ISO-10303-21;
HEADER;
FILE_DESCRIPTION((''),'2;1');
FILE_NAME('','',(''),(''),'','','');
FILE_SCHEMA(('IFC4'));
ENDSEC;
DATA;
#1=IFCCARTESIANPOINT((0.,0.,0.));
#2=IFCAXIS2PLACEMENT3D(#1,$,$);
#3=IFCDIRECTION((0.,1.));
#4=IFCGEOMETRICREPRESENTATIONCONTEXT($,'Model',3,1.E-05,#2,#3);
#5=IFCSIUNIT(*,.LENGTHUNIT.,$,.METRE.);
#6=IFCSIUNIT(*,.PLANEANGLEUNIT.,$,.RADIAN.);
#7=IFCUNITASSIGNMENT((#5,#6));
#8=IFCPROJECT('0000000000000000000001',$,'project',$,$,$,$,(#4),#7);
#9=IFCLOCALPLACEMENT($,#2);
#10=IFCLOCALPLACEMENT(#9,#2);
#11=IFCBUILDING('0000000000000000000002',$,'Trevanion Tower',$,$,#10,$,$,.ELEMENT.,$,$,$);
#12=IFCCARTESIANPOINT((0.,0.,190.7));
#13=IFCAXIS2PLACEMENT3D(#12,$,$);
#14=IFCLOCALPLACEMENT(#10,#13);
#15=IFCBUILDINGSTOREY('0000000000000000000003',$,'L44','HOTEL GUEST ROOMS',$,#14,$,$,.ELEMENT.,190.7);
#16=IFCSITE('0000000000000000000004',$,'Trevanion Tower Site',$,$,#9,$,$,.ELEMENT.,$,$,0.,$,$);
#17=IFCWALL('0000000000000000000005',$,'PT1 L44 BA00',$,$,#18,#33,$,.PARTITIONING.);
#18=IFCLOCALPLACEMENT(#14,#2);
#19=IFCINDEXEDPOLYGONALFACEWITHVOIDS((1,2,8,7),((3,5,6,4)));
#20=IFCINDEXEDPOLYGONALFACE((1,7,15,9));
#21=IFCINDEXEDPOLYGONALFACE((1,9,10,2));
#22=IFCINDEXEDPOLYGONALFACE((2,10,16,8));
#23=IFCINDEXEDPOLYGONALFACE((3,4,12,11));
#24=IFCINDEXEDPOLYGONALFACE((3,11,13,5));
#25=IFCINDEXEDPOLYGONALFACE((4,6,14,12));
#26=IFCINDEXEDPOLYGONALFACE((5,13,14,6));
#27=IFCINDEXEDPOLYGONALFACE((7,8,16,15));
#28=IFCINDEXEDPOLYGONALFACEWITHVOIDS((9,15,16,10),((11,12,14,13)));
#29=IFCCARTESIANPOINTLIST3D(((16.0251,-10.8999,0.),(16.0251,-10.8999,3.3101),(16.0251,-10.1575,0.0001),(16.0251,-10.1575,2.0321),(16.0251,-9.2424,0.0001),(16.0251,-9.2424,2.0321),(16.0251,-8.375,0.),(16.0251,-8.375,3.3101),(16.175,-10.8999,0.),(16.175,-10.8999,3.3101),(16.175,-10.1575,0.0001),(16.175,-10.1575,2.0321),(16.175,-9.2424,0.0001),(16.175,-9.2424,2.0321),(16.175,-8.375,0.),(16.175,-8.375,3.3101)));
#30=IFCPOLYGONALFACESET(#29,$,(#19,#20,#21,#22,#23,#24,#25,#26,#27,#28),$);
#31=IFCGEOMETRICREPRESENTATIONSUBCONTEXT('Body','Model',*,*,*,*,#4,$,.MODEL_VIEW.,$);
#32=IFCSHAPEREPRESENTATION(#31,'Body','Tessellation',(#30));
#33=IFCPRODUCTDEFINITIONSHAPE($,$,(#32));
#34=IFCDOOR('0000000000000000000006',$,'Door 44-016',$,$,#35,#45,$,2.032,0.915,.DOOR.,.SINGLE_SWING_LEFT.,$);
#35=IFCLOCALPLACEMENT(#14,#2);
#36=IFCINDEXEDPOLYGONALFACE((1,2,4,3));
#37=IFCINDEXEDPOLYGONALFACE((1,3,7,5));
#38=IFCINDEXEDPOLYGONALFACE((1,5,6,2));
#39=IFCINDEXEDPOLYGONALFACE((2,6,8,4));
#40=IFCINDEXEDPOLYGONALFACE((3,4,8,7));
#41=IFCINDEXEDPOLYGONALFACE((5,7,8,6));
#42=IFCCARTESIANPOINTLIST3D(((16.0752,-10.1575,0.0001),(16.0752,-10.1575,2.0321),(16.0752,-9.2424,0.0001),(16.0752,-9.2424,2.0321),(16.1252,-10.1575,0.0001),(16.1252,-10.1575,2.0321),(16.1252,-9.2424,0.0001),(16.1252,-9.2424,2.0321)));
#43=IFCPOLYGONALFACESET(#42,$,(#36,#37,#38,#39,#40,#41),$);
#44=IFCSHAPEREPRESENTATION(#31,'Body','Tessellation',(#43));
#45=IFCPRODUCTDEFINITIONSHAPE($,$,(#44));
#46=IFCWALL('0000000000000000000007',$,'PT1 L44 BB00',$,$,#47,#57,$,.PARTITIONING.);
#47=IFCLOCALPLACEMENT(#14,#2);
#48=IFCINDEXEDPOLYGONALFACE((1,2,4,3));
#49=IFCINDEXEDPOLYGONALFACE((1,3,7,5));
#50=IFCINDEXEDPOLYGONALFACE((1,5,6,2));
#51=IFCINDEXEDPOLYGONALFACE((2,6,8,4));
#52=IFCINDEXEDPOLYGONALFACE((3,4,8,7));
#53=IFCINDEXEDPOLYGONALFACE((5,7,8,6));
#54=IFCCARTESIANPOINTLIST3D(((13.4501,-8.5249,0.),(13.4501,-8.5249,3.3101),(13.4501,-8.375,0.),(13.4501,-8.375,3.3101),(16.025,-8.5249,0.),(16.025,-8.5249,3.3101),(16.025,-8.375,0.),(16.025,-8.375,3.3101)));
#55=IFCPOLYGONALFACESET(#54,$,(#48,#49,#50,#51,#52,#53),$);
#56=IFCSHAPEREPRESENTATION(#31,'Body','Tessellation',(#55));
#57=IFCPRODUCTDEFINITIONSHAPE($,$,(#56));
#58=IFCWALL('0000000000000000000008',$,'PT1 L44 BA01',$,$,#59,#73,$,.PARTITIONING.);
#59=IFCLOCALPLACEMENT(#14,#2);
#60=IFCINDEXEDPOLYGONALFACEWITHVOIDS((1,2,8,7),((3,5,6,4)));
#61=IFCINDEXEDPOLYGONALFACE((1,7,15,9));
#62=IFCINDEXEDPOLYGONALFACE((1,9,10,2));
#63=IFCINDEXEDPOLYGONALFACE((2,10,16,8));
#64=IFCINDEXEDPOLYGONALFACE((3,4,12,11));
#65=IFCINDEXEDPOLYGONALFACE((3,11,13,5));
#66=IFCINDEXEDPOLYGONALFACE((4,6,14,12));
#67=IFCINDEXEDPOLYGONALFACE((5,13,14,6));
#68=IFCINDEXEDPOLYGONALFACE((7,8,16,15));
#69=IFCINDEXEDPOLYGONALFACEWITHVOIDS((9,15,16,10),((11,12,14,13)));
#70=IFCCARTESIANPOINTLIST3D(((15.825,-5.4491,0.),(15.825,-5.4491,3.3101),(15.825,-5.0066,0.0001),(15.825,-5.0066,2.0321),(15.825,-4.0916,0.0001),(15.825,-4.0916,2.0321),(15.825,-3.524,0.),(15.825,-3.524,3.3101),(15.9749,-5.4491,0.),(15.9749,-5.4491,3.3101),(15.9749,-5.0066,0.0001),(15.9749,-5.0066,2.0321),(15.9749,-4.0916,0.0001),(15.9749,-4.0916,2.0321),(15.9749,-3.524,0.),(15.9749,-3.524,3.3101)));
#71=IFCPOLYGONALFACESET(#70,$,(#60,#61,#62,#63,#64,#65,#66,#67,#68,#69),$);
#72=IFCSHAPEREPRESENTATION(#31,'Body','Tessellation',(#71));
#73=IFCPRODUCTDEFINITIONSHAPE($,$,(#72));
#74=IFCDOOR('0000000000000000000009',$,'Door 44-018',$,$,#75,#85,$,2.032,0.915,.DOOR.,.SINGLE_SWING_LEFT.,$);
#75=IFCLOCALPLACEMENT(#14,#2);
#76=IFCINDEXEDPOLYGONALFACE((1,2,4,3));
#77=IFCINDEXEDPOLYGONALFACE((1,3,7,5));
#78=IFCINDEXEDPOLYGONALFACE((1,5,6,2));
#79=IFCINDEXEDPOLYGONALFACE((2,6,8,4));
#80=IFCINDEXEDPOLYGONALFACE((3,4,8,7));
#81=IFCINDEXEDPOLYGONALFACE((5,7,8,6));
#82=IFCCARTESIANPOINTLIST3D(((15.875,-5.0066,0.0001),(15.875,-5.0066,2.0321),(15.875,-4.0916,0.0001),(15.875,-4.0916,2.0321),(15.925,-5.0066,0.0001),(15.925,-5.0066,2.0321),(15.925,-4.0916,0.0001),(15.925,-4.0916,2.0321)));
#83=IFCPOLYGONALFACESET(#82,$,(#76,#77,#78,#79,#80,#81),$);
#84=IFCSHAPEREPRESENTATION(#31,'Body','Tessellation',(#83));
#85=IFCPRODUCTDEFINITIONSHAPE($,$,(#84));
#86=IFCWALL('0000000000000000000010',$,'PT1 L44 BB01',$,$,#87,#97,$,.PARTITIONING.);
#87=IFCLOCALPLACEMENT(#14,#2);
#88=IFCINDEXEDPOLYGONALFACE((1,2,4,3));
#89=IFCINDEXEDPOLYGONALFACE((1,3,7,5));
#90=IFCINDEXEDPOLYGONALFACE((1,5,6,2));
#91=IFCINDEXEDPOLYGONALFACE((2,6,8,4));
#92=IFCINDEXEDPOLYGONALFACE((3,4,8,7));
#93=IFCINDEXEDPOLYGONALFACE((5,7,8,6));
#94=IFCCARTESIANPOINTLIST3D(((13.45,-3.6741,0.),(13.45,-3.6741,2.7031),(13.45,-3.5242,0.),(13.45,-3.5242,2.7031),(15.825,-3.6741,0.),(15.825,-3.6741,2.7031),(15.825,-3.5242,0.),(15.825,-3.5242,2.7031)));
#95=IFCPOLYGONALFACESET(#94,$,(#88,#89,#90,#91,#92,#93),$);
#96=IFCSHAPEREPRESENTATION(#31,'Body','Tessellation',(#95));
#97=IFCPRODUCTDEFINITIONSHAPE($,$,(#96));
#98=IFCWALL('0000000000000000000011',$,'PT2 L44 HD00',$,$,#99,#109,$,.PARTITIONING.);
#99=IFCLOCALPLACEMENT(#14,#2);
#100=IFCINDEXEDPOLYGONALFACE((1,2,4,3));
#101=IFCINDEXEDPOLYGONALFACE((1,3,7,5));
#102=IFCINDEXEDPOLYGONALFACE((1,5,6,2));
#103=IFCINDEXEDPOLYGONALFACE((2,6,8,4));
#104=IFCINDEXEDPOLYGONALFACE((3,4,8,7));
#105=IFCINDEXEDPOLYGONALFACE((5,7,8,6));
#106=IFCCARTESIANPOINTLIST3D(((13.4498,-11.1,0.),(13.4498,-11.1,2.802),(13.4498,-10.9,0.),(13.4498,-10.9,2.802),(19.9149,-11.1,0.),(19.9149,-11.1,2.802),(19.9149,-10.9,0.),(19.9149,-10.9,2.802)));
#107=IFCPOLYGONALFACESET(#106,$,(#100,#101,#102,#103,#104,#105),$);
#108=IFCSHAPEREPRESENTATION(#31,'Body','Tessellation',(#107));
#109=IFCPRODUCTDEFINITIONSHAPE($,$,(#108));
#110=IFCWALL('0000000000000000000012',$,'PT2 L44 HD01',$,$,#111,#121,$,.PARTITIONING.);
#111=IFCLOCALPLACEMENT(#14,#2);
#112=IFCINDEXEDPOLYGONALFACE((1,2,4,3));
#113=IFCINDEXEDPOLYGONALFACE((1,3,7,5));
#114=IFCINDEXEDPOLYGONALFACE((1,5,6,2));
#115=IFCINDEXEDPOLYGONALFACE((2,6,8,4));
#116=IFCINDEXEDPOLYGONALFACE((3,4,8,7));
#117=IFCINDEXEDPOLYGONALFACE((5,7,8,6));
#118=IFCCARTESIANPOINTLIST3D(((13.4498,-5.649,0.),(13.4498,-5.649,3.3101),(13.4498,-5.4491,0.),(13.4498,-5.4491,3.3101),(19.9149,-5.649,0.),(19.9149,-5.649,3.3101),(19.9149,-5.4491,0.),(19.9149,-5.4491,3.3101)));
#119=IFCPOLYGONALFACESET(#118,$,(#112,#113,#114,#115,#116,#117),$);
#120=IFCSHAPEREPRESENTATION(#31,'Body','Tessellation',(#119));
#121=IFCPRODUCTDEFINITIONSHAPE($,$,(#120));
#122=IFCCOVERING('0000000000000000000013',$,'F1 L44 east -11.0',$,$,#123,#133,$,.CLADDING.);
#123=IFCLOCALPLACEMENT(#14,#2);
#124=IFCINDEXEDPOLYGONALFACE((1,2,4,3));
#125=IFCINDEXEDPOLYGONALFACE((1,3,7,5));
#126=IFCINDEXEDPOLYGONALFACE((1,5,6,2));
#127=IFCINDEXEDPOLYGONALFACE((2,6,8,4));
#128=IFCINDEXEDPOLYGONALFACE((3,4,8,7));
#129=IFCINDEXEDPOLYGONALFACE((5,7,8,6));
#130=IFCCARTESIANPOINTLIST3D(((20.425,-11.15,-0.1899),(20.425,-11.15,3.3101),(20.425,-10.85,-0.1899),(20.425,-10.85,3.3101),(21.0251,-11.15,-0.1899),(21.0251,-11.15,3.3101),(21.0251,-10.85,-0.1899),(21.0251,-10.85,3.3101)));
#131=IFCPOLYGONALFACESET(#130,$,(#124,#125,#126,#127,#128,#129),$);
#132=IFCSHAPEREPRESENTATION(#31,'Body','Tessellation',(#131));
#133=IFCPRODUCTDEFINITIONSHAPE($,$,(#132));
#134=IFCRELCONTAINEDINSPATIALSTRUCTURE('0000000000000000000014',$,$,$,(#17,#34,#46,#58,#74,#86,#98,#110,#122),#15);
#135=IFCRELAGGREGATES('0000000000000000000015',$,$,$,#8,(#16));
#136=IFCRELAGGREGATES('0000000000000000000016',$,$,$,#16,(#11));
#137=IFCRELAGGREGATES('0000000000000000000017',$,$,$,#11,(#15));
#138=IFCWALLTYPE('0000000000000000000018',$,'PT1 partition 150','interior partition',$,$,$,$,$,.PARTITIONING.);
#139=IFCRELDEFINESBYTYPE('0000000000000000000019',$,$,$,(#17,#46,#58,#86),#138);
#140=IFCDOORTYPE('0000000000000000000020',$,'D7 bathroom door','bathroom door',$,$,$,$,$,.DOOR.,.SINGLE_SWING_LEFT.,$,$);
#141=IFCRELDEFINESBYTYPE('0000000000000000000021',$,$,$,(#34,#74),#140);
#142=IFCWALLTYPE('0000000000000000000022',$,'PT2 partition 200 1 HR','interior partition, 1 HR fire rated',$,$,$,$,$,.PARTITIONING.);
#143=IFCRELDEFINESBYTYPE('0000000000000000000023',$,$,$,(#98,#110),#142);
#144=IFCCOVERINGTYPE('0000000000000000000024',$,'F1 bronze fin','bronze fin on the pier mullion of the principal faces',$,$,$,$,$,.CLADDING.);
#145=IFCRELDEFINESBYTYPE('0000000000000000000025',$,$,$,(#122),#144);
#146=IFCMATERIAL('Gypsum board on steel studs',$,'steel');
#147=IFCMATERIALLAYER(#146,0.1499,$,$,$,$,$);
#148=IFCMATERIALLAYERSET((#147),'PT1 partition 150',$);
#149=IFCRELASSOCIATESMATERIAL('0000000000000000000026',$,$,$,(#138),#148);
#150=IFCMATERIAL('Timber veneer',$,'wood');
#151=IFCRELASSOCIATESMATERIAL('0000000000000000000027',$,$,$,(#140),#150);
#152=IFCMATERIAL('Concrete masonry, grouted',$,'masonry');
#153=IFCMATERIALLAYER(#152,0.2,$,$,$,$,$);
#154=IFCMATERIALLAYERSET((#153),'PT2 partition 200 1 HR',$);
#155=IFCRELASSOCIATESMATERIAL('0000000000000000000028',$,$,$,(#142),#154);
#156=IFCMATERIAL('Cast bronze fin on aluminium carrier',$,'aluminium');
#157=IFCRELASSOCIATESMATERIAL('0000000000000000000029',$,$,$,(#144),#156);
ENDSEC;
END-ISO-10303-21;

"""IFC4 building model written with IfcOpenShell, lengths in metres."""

from ifc_helpers import new_model, si_unit, direction, frame, frame_2d, origin, origin_2d, place, context, subcontext, project, spatial, rectangle, extrude, material, layer, layer_set, type_object, element, fill, save


model = new_model("IFC4")

# Units and contexts
model_context = context("Model", 3, precision=1e-05, world=origin(), true_north=direction((0.0, 1.0)))
body_context = subcontext(model_context, "Body", "Model", "MODEL_VIEW")
ifc_project = project(units=[si_unit("LENGTHUNIT", "METRE"), si_unit("PLANEANGLEUNIT", "RADIAN")], contexts=[model_context])

# Site, building, storey
site_placement = place(None, origin())
site = spatial("IfcSite", under=ifc_project, at=site_placement, Name="Trevanion Tower Site", CompositionType="ELEMENT", RefElevation=0.0)
building_placement = place(site_placement, origin())
building = spatial("IfcBuilding", under=site, at=building_placement, Name="Trevanion Tower", CompositionType="ELEMENT")
storey_placement = place(building_placement, frame((0.0, 0.0, 190.7)))
storey = spatial("IfcBuildingStorey", under=building, at=storey_placement, Name="L44", Description="HOTEL GUEST ROOMS", CompositionType="ELEMENT", Elevation=190.7)

# Wall, opening, door
ifc_material_1 = material(Name="Gypsum board on steel studs", Category="steel")
ifc_layer_1 = layer(ifc_material_1, 0.1499)
ifc_layer_set_1 = layer_set([ifc_layer_1], Name="PT1 partition 150")
wall_type_1 = type_object("IfcWallType", Name="PT1 partition 150", Description="interior partition", PredefinedType="PARTITIONING", material=ifc_layer_set_1)
wall_1_placement = place(storey_placement, frame((16.1001, -10.8999, 0.0), z_axis=(0.0, 0.0, 1.0), x_axis=(0.0, 1.0, 0.0)))
wall_1 = element("IfcWall", 1, at=wall_1_placement, inside=storey, type_object=wall_type_1, Name="PT1 L44 BA00", PredefinedType="PARTITIONING", context=body_context, shape_type="SweptSolid", body=[
    extrude(rectangle(XDim=2.5249, YDim=0.1499, at=frame_2d((1.2625, 0.0))), origin(), (0.0, 0.0, 1.0), 3.3101),
])
opening_1_placement = place(wall_1_placement, frame((0.7424, 0.0, 0.0)))
opening_1 = element("IfcOpeningElement", 2, at=opening_1_placement, cuts=wall_1, PredefinedType="OPENING", context=body_context, shape_type="SweptSolid", body=[
    extrude(rectangle(XDim=0.915, YDim=2.032, at=frame_2d((0.4575, 1.0161))), frame((0.0, 0.085, 0.0), z_axis=(0.0, -1.0, 0.0), x_axis=(1.0, 0.0, 0.0)), (0.0, 0.0, 1.0), 0.1699),
])
ifc_material_2 = material(Name="Timber veneer", Category="wood")
door_type = type_object("IfcDoorType", Name="D7 bathroom door", Description="bathroom door", OperationType="SINGLE_SWING_LEFT", PredefinedType="DOOR", material=ifc_material_2)
door_1_placement = place(opening_1_placement, origin())
door_1 = element("IfcDoor", 3, at=door_1_placement, inside=storey, type_object=door_type, Name="Door 44-016", OperationType="SINGLE_SWING_LEFT", OverallHeight=2.032, OverallWidth=0.915, PredefinedType="DOOR", context=body_context, shape_type="SweptSolid", body=[
    extrude(rectangle(XDim=0.915, YDim=2.032, at=frame_2d((0.4575, 1.0161))), frame((0.0, 0.0249, 0.0), z_axis=(0.0, -1.0, 0.0), x_axis=(1.0, 0.0, 0.0)), (0.0, 0.0, 1.0), 0.05),
])
fill(opening_1, door_1)

# Wall
wall_2_placement = place(storey_placement, frame((13.45, -8.45, 0.0), z_axis=(0.0, 0.0, 1.0), x_axis=(1.0, 0.0, 0.0)))
element("IfcWall", 4, at=wall_2_placement, inside=storey, type_object=wall_type_1, Name="PT1 L44 BB00", PredefinedType="PARTITIONING", context=body_context, shape_type="SweptSolid", body=[
    extrude(rectangle(XDim=2.575, YDim=0.1499, at=frame_2d((1.2876, 0.0))), origin(), (0.0, 0.0, 1.0), 3.3101),
])

# Wall, opening, door
wall_3_placement = place(storey_placement, frame((15.8999, -5.449, 0.0), z_axis=(0.0, 0.0, 1.0), x_axis=(0.0, 1.0, 0.0)))
wall_3 = element("IfcWall", 5, at=wall_3_placement, inside=storey, type_object=wall_type_1, Name="PT1 L44 BA01", PredefinedType="PARTITIONING", context=body_context, shape_type="SweptSolid", body=[
    extrude(rectangle(XDim=1.925, YDim=0.1499, at=frame_2d((0.9624, 0.0))), origin(), (0.0, 0.0, 1.0), 3.3101),
])
opening_2_placement = place(wall_3_placement, frame((0.4424, 0.0, 0.0)))
opening_2 = element("IfcOpeningElement", 6, at=opening_2_placement, cuts=wall_3, PredefinedType="OPENING", context=body_context, shape_type="SweptSolid", body=[
    extrude(rectangle(XDim=0.915, YDim=2.032, at=frame_2d((0.4575, 1.0161))), frame((0.0, 0.085, 0.0), z_axis=(0.0, -1.0, 0.0), x_axis=(1.0, 0.0, 0.0)), (0.0, 0.0, 1.0), 0.1699),
])
door_2_placement = place(opening_2_placement, origin())
door_2 = element("IfcDoor", 7, at=door_2_placement, inside=storey, type_object=door_type, Name="Door 44-018", OperationType="SINGLE_SWING_LEFT", OverallHeight=2.032, OverallWidth=0.915, PredefinedType="DOOR", context=body_context, shape_type="SweptSolid", body=[
    extrude(rectangle(XDim=0.915, YDim=2.032, at=frame_2d((0.4575, 1.0161))), frame((0.0, 0.0249, 0.0), z_axis=(0.0, -1.0, 0.0), x_axis=(1.0, 0.0, 0.0)), (0.0, 0.0, 1.0), 0.05),
])
fill(opening_2, door_2)

# Walls
wall_4_placement = place(storey_placement, frame((13.45, -3.5991, 0.0), z_axis=(0.0, 0.0, 1.0), x_axis=(1.0, 0.0, 0.0)))
element("IfcWall", 8, at=wall_4_placement, inside=storey, type_object=wall_type_1, Name="PT1 L44 BB01", PredefinedType="PARTITIONING", context=body_context, shape_type="SweptSolid", body=[
    extrude(rectangle(XDim=2.375, YDim=0.1499, at=frame_2d((1.1875, 0.0))), origin(), (0.0, 0.0, 1.0), 2.7031),
])
ifc_material_3 = material(Name="Concrete masonry, grouted", Category="masonry")
ifc_layer_2 = layer(ifc_material_3, 0.2)
ifc_layer_set_2 = layer_set([ifc_layer_2], Name="PT2 partition 200 1 HR")
wall_type_2 = type_object("IfcWallType", Name="PT2 partition 200 1 HR", Description="interior partition, 1 HR fire rated", PredefinedType="PARTITIONING", material=ifc_layer_set_2)
wall_5_placement = place(storey_placement, frame((13.45, -11.0, 0.0), z_axis=(0.0, 0.0, 1.0), x_axis=(1.0, 0.0, 0.0)))
element("IfcWall", 9, at=wall_5_placement, inside=storey, type_object=wall_type_2, Name="PT2 L44 HD00", PredefinedType="PARTITIONING", context=body_context, shape_type="SweptSolid", body=[
    extrude(rectangle(XDim=6.4651, YDim=0.2, at=frame_2d((3.2324, 0.0))), origin(), (0.0, 0.0, 1.0), 2.802),
])
wall_6_placement = place(storey_placement, frame((13.45, -5.5491, 0.0), z_axis=(0.0, 0.0, 1.0), x_axis=(1.0, 0.0, 0.0)))
element("IfcWall", 10, at=wall_6_placement, inside=storey, type_object=wall_type_2, Name="PT2 L44 HD01", PredefinedType="PARTITIONING", context=body_context, shape_type="SweptSolid", body=[
    extrude(rectangle(XDim=6.4651, YDim=0.2, at=frame_2d((3.2324, 0.0))), origin(), (0.0, 0.0, 1.0), 3.3101),
])

# Covering
ifc_material_4 = material(Name="Cast bronze fin on aluminium carrier", Category="aluminium")
covering_type = type_object("IfcCoveringType", Name="F1 bronze fin", Description="bronze fin on the pier mullion of the principal faces", PredefinedType="CLADDING", material=ifc_material_4)
covering_placement = place(storey_placement, frame((20.7251, -11.0, -0.1899), z_axis=(0.0, 0.0, 1.0), x_axis=(0.0, 1.0, 0.0)))
element("IfcCovering", 11, at=covering_placement, inside=storey, type_object=covering_type, Name="F1 L44 east -11.0", PredefinedType="CLADDING", context=body_context, shape_type="SweptSolid", body=[
    extrude(rectangle(XDim=0.3, YDim=0.6001, at=origin_2d()), origin(), (0.0, 0.0, 1.0), 3.5),
])

save(model, "model.ifc")
